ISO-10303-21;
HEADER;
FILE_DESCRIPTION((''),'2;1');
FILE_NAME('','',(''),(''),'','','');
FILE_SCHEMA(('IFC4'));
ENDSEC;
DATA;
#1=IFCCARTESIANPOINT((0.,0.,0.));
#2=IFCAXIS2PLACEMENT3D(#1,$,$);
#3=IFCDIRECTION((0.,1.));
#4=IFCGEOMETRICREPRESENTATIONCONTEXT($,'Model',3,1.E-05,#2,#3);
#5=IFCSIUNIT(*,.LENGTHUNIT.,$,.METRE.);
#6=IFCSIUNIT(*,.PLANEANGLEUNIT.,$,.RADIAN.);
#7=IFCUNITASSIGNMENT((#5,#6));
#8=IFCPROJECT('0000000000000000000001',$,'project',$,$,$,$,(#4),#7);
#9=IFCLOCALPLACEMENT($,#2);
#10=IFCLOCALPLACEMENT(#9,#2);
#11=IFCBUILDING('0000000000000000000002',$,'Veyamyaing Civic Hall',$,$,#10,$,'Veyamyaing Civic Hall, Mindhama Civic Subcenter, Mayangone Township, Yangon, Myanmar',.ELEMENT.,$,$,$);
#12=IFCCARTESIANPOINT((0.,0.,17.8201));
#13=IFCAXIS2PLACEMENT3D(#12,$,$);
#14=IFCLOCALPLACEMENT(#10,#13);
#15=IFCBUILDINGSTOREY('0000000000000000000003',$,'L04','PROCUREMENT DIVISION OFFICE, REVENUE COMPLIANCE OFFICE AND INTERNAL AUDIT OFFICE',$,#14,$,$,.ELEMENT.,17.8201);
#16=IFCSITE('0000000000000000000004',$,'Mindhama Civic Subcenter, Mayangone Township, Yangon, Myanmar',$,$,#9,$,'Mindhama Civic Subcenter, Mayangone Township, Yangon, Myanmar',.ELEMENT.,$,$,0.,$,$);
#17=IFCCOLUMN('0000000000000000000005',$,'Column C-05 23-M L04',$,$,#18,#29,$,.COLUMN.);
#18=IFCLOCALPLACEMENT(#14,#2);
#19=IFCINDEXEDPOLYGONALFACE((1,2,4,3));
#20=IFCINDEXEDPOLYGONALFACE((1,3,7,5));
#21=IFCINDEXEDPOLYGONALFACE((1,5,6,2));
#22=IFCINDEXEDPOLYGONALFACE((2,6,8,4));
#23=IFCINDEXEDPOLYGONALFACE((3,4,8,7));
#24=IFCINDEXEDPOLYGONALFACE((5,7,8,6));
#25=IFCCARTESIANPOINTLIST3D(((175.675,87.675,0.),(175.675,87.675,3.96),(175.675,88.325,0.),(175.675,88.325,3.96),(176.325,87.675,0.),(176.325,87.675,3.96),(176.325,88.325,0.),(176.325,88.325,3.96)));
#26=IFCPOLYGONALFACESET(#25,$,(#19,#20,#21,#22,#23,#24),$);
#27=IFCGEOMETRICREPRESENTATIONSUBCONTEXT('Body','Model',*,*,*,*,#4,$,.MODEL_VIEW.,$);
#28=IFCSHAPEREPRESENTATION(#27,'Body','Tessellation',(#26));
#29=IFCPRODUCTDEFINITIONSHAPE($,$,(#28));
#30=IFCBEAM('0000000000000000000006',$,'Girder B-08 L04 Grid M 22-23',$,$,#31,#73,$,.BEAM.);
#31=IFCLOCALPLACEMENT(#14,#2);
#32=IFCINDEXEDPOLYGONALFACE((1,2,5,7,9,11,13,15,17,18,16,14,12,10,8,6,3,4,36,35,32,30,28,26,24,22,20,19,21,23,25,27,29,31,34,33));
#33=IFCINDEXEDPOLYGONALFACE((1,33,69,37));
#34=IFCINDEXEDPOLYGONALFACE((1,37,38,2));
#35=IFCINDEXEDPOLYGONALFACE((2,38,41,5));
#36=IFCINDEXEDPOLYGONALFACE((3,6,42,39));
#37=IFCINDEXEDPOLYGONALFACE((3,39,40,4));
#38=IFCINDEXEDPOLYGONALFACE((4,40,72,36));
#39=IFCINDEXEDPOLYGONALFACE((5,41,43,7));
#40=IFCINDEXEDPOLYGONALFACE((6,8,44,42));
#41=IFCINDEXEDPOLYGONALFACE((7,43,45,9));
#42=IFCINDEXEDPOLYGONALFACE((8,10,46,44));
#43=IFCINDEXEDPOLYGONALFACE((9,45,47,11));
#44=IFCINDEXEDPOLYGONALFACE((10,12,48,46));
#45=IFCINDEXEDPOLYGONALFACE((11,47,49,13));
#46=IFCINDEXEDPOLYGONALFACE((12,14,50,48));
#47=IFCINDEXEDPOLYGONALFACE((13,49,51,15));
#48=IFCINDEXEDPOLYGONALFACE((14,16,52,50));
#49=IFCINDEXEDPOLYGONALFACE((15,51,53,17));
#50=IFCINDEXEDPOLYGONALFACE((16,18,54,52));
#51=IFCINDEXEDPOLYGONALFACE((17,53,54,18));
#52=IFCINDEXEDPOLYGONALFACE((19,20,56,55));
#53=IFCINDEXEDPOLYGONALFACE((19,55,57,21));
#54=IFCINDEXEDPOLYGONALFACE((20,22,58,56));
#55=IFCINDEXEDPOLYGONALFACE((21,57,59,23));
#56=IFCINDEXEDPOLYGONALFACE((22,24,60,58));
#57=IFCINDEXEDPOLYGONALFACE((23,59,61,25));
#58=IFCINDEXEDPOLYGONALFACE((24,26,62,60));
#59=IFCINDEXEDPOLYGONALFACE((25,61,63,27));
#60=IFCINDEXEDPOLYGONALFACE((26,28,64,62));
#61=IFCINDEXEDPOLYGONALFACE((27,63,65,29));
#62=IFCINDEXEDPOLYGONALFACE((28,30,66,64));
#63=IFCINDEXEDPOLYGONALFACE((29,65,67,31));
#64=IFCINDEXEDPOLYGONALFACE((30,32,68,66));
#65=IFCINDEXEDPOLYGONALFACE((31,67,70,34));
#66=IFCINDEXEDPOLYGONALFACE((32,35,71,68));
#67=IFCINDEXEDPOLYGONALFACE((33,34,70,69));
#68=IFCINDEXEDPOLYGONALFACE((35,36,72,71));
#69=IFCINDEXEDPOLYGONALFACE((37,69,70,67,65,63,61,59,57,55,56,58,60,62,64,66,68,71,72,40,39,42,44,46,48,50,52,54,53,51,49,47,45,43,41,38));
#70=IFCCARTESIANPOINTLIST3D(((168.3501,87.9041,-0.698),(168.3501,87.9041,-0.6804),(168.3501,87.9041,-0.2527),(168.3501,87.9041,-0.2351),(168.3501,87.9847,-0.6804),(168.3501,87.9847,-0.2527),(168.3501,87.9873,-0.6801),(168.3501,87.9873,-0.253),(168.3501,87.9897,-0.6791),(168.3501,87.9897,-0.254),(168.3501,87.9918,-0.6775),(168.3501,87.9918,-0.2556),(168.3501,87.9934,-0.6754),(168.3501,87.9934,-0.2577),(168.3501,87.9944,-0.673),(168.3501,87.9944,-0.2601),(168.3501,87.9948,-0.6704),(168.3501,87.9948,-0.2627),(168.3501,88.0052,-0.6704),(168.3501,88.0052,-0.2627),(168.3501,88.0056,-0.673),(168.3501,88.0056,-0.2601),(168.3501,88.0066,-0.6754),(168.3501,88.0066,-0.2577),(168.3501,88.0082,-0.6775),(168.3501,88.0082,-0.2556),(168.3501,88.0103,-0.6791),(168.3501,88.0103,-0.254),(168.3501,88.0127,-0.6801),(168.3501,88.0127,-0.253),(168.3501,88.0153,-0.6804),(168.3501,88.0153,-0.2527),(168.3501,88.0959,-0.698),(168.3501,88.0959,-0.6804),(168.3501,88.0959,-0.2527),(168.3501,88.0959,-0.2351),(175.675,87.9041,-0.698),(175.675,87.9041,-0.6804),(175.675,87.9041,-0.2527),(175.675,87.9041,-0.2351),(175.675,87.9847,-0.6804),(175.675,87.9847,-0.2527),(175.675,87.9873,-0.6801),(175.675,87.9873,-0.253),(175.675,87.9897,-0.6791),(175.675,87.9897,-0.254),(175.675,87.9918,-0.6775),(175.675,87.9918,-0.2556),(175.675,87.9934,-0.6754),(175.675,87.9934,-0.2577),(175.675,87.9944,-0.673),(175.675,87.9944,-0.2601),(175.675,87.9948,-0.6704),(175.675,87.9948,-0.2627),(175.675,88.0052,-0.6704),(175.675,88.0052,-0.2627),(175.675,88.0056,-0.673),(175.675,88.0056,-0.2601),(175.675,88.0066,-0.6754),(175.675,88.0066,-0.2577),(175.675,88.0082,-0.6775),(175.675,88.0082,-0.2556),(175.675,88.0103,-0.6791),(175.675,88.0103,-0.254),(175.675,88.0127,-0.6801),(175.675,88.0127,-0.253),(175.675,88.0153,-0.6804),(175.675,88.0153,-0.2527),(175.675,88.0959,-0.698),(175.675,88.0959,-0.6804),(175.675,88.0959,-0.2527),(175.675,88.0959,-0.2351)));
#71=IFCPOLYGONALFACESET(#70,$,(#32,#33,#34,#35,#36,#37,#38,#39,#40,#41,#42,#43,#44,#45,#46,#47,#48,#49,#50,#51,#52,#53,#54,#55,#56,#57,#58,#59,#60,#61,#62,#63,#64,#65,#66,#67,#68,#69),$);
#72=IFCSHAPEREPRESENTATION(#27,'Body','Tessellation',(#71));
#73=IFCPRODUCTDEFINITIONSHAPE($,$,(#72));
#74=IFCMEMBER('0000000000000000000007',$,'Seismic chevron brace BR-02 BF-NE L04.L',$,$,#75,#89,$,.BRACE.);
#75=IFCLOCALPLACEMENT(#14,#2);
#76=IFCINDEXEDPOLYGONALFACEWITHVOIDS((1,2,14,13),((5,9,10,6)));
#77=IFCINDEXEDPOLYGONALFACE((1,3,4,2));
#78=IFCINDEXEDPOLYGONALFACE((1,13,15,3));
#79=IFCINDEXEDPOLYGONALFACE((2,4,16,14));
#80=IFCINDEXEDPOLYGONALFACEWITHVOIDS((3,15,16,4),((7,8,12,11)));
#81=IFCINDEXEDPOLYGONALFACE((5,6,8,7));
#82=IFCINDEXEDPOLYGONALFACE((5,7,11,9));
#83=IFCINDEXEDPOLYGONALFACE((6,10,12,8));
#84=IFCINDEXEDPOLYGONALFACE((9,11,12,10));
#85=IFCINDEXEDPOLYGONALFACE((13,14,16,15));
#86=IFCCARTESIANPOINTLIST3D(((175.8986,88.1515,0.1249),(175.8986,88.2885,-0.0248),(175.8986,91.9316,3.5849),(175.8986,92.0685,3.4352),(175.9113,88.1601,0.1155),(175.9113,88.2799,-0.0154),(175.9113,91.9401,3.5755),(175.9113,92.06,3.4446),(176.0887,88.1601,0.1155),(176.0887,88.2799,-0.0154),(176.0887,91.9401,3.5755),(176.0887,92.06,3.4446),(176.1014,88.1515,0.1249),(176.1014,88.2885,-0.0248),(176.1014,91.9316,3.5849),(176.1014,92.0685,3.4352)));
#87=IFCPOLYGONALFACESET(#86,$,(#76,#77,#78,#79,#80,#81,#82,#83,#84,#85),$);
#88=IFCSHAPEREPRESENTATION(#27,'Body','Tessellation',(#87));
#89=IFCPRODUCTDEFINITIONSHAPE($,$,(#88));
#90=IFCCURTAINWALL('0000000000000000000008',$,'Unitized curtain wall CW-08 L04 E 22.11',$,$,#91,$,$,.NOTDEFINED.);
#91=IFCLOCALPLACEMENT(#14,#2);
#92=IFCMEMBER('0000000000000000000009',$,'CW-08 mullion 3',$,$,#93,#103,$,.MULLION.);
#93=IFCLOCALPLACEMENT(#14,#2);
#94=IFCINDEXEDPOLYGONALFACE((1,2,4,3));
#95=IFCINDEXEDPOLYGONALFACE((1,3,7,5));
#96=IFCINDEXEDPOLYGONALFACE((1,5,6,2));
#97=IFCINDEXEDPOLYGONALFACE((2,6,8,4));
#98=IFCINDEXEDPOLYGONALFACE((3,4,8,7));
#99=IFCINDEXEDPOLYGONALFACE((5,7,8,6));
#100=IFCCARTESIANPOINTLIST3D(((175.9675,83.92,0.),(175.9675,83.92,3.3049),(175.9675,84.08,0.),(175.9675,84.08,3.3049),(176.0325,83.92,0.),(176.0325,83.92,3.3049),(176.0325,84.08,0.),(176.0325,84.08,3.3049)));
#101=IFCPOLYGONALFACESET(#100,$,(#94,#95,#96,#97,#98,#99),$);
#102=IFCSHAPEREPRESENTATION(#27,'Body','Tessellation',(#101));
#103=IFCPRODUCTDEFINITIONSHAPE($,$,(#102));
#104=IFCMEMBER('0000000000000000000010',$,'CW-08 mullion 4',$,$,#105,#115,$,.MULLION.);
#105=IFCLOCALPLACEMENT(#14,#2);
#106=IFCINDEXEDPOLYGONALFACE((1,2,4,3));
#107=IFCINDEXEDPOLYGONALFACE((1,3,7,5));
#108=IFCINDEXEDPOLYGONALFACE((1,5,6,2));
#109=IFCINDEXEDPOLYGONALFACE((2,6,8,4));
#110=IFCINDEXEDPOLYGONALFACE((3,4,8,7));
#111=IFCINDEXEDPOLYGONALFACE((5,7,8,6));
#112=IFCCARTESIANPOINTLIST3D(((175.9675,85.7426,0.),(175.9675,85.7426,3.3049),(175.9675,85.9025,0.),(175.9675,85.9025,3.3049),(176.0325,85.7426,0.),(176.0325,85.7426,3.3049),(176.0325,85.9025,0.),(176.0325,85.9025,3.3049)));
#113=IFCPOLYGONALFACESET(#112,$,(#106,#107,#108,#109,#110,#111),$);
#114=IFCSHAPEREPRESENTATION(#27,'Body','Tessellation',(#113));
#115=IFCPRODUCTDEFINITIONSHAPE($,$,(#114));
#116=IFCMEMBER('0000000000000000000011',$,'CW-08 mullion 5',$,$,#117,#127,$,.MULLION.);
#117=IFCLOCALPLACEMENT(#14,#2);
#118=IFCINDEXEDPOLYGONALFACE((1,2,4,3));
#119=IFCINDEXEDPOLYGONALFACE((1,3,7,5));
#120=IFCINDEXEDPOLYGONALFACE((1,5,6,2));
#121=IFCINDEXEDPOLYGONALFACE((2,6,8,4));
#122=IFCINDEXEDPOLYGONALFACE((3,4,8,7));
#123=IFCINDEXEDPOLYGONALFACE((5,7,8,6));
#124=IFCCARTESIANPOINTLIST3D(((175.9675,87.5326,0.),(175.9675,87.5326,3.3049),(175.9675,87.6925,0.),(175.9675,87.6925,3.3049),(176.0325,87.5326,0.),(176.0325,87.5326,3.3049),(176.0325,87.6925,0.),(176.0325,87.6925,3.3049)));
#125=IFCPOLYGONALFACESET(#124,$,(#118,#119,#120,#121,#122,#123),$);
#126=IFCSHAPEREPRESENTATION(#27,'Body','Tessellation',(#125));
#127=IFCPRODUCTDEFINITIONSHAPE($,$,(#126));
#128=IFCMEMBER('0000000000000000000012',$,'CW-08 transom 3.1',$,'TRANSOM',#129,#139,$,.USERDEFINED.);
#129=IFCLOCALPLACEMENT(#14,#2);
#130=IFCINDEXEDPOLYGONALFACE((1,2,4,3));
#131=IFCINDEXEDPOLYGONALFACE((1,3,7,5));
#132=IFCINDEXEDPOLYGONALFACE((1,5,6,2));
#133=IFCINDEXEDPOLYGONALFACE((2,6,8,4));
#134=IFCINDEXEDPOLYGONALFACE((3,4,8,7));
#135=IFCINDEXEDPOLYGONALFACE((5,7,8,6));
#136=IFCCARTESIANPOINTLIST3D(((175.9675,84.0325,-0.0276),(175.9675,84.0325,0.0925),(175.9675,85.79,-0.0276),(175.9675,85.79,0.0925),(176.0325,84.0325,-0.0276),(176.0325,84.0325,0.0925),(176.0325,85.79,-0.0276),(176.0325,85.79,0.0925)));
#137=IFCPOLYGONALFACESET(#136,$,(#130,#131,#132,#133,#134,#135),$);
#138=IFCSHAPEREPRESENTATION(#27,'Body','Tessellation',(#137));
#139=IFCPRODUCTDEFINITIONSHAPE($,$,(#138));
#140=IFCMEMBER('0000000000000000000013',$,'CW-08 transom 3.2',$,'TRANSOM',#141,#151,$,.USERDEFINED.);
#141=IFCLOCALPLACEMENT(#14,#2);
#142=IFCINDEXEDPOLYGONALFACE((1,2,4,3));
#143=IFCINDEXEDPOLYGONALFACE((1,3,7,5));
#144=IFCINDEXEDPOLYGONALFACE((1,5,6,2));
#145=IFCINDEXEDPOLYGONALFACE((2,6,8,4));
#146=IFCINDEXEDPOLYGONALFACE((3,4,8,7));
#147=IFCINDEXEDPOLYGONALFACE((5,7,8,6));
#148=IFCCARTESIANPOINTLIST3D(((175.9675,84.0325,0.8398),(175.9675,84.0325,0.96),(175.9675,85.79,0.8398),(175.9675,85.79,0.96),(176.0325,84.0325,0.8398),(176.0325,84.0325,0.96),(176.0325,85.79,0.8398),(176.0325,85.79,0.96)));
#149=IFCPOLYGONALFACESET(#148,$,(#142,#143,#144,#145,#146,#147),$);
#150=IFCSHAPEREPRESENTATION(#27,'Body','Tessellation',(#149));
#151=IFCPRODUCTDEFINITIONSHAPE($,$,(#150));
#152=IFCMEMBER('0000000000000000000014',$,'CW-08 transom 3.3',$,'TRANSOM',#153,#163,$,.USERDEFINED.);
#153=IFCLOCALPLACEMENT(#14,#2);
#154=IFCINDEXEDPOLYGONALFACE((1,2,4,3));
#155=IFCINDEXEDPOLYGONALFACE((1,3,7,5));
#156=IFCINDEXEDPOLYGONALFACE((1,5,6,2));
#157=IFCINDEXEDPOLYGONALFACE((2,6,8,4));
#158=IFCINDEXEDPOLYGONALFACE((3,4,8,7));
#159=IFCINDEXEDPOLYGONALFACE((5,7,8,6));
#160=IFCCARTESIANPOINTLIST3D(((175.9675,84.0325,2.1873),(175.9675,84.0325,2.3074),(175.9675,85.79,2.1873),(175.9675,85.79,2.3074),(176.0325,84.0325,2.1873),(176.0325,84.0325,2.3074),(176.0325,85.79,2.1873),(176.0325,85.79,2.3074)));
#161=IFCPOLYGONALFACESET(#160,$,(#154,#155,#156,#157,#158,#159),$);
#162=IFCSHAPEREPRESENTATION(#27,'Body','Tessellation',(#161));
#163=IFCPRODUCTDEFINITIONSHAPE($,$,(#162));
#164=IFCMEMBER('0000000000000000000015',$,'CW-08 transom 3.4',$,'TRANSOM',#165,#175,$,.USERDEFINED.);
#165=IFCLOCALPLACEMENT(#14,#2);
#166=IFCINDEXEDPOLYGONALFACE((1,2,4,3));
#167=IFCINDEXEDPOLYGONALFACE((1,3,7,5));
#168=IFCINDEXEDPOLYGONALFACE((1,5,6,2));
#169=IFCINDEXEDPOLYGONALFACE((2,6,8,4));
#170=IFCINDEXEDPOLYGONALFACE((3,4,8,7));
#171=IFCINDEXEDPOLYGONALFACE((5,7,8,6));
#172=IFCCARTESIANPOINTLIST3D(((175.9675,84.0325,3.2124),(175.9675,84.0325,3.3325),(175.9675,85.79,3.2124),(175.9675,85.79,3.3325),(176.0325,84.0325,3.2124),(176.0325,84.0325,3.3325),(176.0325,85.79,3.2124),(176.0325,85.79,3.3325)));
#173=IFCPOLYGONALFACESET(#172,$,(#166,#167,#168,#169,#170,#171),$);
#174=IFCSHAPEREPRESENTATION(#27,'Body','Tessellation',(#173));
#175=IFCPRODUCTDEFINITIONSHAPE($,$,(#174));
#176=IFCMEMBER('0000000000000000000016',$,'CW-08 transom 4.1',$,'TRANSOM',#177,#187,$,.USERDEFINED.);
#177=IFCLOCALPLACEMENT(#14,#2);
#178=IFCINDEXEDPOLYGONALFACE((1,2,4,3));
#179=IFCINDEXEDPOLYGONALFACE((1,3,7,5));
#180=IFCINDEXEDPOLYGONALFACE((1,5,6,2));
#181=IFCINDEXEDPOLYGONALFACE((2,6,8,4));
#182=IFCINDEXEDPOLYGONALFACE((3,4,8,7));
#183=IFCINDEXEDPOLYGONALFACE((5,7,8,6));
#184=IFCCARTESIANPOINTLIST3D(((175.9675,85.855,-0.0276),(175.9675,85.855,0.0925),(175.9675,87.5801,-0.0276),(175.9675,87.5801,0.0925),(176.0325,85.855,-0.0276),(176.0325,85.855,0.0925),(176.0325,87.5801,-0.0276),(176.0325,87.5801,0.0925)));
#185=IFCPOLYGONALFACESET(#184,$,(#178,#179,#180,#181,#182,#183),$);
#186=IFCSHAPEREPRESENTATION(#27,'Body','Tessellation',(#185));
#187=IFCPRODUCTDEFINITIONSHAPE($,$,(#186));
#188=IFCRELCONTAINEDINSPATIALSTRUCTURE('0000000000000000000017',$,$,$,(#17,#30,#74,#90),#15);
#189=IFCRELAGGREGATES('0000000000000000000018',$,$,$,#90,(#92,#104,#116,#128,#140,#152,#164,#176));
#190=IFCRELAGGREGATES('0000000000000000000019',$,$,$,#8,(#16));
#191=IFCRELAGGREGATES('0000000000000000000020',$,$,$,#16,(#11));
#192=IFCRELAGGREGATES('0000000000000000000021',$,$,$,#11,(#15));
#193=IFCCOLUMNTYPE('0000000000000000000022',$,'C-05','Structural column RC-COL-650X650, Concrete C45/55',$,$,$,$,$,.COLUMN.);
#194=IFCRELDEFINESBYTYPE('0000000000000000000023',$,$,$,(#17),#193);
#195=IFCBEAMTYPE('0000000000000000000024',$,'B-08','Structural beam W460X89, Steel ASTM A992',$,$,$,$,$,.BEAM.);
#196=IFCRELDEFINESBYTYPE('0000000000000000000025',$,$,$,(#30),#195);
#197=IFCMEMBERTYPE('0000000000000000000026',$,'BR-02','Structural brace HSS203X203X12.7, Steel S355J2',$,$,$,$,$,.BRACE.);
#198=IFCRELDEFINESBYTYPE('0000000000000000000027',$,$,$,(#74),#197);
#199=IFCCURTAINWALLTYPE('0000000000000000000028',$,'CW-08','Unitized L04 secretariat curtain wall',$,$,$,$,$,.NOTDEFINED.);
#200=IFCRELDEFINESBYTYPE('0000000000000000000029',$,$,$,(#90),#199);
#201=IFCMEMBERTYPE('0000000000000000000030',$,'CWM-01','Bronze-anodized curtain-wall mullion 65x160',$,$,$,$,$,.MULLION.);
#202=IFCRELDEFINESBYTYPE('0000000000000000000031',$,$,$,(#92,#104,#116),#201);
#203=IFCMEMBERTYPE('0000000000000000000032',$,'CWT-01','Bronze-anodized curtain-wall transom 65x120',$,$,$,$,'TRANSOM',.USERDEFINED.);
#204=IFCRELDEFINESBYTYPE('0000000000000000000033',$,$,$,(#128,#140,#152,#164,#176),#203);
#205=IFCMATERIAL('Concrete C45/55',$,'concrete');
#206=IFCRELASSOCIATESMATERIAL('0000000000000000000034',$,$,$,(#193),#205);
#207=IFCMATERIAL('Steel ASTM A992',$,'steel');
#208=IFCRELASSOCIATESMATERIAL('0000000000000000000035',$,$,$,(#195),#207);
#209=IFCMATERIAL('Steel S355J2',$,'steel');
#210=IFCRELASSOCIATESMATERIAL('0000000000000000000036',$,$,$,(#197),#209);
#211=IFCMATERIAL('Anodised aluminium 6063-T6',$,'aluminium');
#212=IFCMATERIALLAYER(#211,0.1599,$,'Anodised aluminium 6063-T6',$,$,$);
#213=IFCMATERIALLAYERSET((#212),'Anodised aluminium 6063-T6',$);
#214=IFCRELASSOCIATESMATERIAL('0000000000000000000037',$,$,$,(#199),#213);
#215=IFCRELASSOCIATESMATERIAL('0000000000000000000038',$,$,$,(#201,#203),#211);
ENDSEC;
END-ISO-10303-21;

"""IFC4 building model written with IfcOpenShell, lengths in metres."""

from ifc_helpers import new_model, si_unit, direction, frame, origin, origin_2d, place, context, subcontext, project, spatial, rectangle, hollow_rectangle, i_section, extrude, material, layer, layer_set, material_profile, profile_set, type_object, element, aggregate, save


model = new_model("IFC4")

# Units and contexts
model_context = context("Model", 3, precision=1e-05, world=origin(), true_north=direction((0.0, 1.0)))
body_context = subcontext(model_context, "Body", "Model", "MODEL_VIEW")
ifc_project = project(units=[si_unit("LENGTHUNIT", "METRE"), si_unit("PLANEANGLEUNIT", "RADIAN")], contexts=[model_context])

# Site, building, storey
site_placement = place(None, origin())
site = spatial("IfcSite", under=ifc_project, at=site_placement, Name="Mindhama Civic Subcenter, Mayangone Township, Yangon, Myanmar", LongName="Mindhama Civic Subcenter, Mayangone Township, Yangon, Myanmar", CompositionType="ELEMENT", RefElevation=0.0)
building_placement = place(site_placement, origin())
building = spatial("IfcBuilding", under=site, at=building_placement, Name="Veyamyaing Civic Hall", LongName="Veyamyaing Civic Hall, Mindhama Civic Subcenter, Mayangone Township, Yangon, Myanmar", CompositionType="ELEMENT")
storey_placement = place(building_placement, frame((0.0, 0.0, 17.8201)))
storey = spatial("IfcBuildingStorey", under=building, at=storey_placement, Name="L04", Description="PROCUREMENT DIVISION OFFICE, REVENUE COMPLIANCE OFFICE AND INTERNAL AUDIT OFFICE", CompositionType="ELEMENT", Elevation=17.8201)

# Column
ifc_material_1 = material(Name="Concrete C45/55", Category="concrete")
ifc_material_profile_1 = material_profile(ifc_material_1, rectangle(XDim=0.6499, YDim=0.6499, at=origin_2d()), Name="RC-COL-650X650")
ifc_profile_set_1 = profile_set([ifc_material_profile_1], Name="Concrete C45/55")
column_type = type_object("IfcColumnType", Name="C-05", Description="Structural column RC-COL-650X650, Concrete C45/55", PredefinedType="COLUMN", material=ifc_profile_set_1)
column_placement = place(storey_placement, frame((176.0, 88.0, 0.0), z_axis=(0.0, 0.0, 1.0), x_axis=(1.0, 0.0, 0.0)))
element("IfcColumn", 1, at=column_placement, inside=storey, type_object=column_type, Name="Column C-05 23-M L04", PredefinedType="COLUMN", context=body_context, shape_type="SweptSolid", body=[
    extrude(rectangle(XDim=0.6499, YDim=0.6499, at=origin_2d()), origin(), (0.0, 0.0, 1.0), 3.96),
])

# Beam
ifc_material_2 = material(Name="Steel ASTM A992", Category="steel")
ifc_material_profile_2 = material_profile(ifc_material_2, i_section(OverallWidth=0.1919, OverallDepth=0.4629, WebThickness=0.0105, FlangeThickness=0.0176, FilletRadius=0.01, at=origin_2d()), Name="W460X89")
ifc_profile_set_2 = profile_set([ifc_material_profile_2], Name="Steel ASTM A992")
beam_type_1 = type_object("IfcBeamType", Name="B-08", Description="Structural beam W460X89, Steel ASTM A992", PredefinedType="BEAM", material=ifc_profile_set_2)
beam_1_placement = place(storey_placement, frame((168.3501, 88.0, -0.4666), z_axis=(1.0, 0.0, 0.0), x_axis=(0.0, 1.0, 0.0)))
element("IfcBeam", 2, at=beam_1_placement, inside=storey, type_object=beam_type_1, Name="Girder B-08 L04 Grid M 22-23", PredefinedType="BEAM", context=body_context, shape_type="SweptSolid", body=[
    extrude(i_section(OverallWidth=0.1919, OverallDepth=0.4629, WebThickness=0.0105, FlangeThickness=0.0176, FilletRadius=0.01, at=origin_2d()), origin(), (0.0, 0.0, 1.0), 7.325),
])

# Member
ifc_material_3 = material(Name="Steel S355J2", Category="steel")
ifc_material_profile_3 = material_profile(ifc_material_3, hollow_rectangle(XDim=0.2029, YDim=0.2029, WallThickness=0.0127, at=origin_2d()), Name="HSS203X203X12.7")
ifc_profile_set_3 = profile_set([ifc_material_profile_3], Name="Steel S355J2")
member_type_1 = type_object("IfcMemberType", Name="BR-02", Description="Structural brace HSS203X203X12.7, Steel S355J2", PredefinedType="BRACE", material=ifc_profile_set_3)
member_1_placement = place(storey_placement, frame((176.0, 88.22, 0.05), z_axis=(0.0, 0.737646, 0.675187), x_axis=(-1.0, 0.0, 0.0)))
element("IfcMember", 3, at=member_1_placement, inside=storey, type_object=member_type_1, Name="Seismic chevron brace BR-02 BF-NE L04.L", PredefinedType="BRACE", context=body_context, shape_type="SweptSolid", body=[
    extrude(hollow_rectangle(XDim=0.2029, YDim=0.2029, WallThickness=0.0127, at=origin_2d()), origin(), (0.0, 0.0, 1.0), 5.1245),
])

# Curtain wall, members
ifc_material_4 = material(Name="Anodised aluminium 6063-T6", Category="aluminium")
ifc_layer_1 = layer(ifc_material_4, 0.1599, Name="Anodised aluminium 6063-T6")
ifc_layer_set_1 = layer_set([ifc_layer_1], Name="Anodised aluminium 6063-T6")
curtain_wall_type = type_object("IfcCurtainWallType", Name="CW-08", Description="Unitized L04 secretariat curtain wall", PredefinedType="NOTDEFINED", material=ifc_layer_set_1)
curtain_wall_placement = place(storey_placement, origin())
curtain_wall = element("IfcCurtainWall", 4, at=curtain_wall_placement, inside=storey, type_object=curtain_wall_type, Name="Unitized curtain wall CW-08 L04 E 22.11", PredefinedType="NOTDEFINED")
ifc_material_profile_4 = material_profile(ifc_material_4, rectangle(XDim=0.0649, YDim=0.1599, at=origin_2d()), Name="ALU-MUL-65X160")
ifc_profile_set_4 = profile_set([ifc_material_profile_4], Name="Anodised aluminium 6063-T6")
member_type_2 = type_object("IfcMemberType", Name="CWM-01", Description="Bronze-anodized curtain-wall mullion 65x160", PredefinedType="MULLION", material=ifc_profile_set_4)
member_2_placement = place(storey_placement, frame((176.0, 84.0, 0.0), z_axis=(0.0, 0.0, 1.0), x_axis=(-1.0, 0.0, 0.0)))
member_2 = element("IfcMember", 5, at=member_2_placement, type_object=member_type_2, Name="CW-08 mullion 3", PredefinedType="MULLION", context=body_context, shape_type="SweptSolid", body=[
    extrude(rectangle(XDim=0.0649, YDim=0.1599, at=origin_2d()), origin(), (0.0, 0.0, 1.0), 3.3049),
])
member_3_placement = place(storey_placement, frame((176.0, 85.8225, 0.0), z_axis=(0.0, 0.0, 1.0), x_axis=(-1.0, 0.0, 0.0)))
member_3 = element("IfcMember", 6, at=member_3_placement, type_object=member_type_2, Name="CW-08 mullion 4", PredefinedType="MULLION", context=body_context, shape_type="SweptSolid", body=[
    extrude(rectangle(XDim=0.0649, YDim=0.1599, at=origin_2d()), origin(), (0.0, 0.0, 1.0), 3.3049),
])
member_4_placement = place(storey_placement, frame((176.0, 87.6125, 0.0), z_axis=(0.0, 0.0, 1.0), x_axis=(-1.0, 0.0, 0.0)))
member_4 = element("IfcMember", 7, at=member_4_placement, type_object=member_type_2, Name="CW-08 mullion 5", PredefinedType="MULLION", context=body_context, shape_type="SweptSolid", body=[
    extrude(rectangle(XDim=0.0649, YDim=0.1599, at=origin_2d()), origin(), (0.0, 0.0, 1.0), 3.3049),
])
ifc_material_profile_5 = material_profile(ifc_material_4, rectangle(XDim=0.0649, YDim=0.1201, at=origin_2d()), Name="ALU-TRN-65X120")
ifc_profile_set_5 = profile_set([ifc_material_profile_5], Name="Anodised aluminium 6063-T6")
member_type_3 = type_object("IfcMemberType", Name="CWT-01", Description="Bronze-anodized curtain-wall transom 65x120", ElementType="TRANSOM", PredefinedType="USERDEFINED", material=ifc_profile_set_5)
member_5_placement = place(storey_placement, frame((176.0, 84.0325, 0.0325), z_axis=(0.0, 1.0, 0.0), x_axis=(-1.0, 0.0, 0.0)))
member_5 = element("IfcMember", 8, at=member_5_placement, type_object=member_type_3, Name="CW-08 transom 3.1", ObjectType="TRANSOM", PredefinedType="USERDEFINED", context=body_context, shape_type="SweptSolid", body=[
    extrude(rectangle(XDim=0.0649, YDim=0.1201, at=origin_2d()), origin(), (0.0, 0.0, 1.0), 1.7576),
])
member_6_placement = place(storey_placement, frame((176.0, 84.0325, 0.8999), z_axis=(0.0, 1.0, 0.0), x_axis=(-1.0, 0.0, 0.0)))
member_6 = element("IfcMember", 9, at=member_6_placement, type_object=member_type_3, Name="CW-08 transom 3.2", ObjectType="TRANSOM", PredefinedType="USERDEFINED", context=body_context, shape_type="SweptSolid", body=[
    extrude(rectangle(XDim=0.0649, YDim=0.1201, at=origin_2d()), origin(), (0.0, 0.0, 1.0), 1.7576),
])
member_7_placement = place(storey_placement, frame((176.0, 84.0325, 2.2473), z_axis=(0.0, 1.0, 0.0), x_axis=(-1.0, 0.0, 0.0)))
member_7 = element("IfcMember", 10, at=member_7_placement, type_object=member_type_3, Name="CW-08 transom 3.3", ObjectType="TRANSOM", PredefinedType="USERDEFINED", context=body_context, shape_type="SweptSolid", body=[
    extrude(rectangle(XDim=0.0649, YDim=0.1201, at=origin_2d()), origin(), (0.0, 0.0, 1.0), 1.7576),
])
member_8_placement = place(storey_placement, frame((176.0, 84.0325, 3.2725), z_axis=(0.0, 1.0, 0.0), x_axis=(-1.0, 0.0, 0.0)))
member_8 = element("IfcMember", 11, at=member_8_placement, type_object=member_type_3, Name="CW-08 transom 3.4", ObjectType="TRANSOM", PredefinedType="USERDEFINED", context=body_context, shape_type="SweptSolid", body=[
    extrude(rectangle(XDim=0.0649, YDim=0.1201, at=origin_2d()), origin(), (0.0, 0.0, 1.0), 1.7576),
])
member_9_placement = place(storey_placement, frame((176.0, 85.855, 0.0325), z_axis=(0.0, 1.0, 0.0), x_axis=(-1.0, 0.0, 0.0)))
member_9 = element("IfcMember", 12, at=member_9_placement, type_object=member_type_3, Name="CW-08 transom 4.1", ObjectType="TRANSOM", PredefinedType="USERDEFINED", context=body_context, shape_type="SweptSolid", body=[
    extrude(rectangle(XDim=0.0649, YDim=0.1201, at=origin_2d()), origin(), (0.0, 0.0, 1.0), 1.7251),
])

aggregate(curtain_wall, [member_2, member_3, member_4, member_5, member_6, member_7, member_8, member_9])

save(model, "model.ifc")
